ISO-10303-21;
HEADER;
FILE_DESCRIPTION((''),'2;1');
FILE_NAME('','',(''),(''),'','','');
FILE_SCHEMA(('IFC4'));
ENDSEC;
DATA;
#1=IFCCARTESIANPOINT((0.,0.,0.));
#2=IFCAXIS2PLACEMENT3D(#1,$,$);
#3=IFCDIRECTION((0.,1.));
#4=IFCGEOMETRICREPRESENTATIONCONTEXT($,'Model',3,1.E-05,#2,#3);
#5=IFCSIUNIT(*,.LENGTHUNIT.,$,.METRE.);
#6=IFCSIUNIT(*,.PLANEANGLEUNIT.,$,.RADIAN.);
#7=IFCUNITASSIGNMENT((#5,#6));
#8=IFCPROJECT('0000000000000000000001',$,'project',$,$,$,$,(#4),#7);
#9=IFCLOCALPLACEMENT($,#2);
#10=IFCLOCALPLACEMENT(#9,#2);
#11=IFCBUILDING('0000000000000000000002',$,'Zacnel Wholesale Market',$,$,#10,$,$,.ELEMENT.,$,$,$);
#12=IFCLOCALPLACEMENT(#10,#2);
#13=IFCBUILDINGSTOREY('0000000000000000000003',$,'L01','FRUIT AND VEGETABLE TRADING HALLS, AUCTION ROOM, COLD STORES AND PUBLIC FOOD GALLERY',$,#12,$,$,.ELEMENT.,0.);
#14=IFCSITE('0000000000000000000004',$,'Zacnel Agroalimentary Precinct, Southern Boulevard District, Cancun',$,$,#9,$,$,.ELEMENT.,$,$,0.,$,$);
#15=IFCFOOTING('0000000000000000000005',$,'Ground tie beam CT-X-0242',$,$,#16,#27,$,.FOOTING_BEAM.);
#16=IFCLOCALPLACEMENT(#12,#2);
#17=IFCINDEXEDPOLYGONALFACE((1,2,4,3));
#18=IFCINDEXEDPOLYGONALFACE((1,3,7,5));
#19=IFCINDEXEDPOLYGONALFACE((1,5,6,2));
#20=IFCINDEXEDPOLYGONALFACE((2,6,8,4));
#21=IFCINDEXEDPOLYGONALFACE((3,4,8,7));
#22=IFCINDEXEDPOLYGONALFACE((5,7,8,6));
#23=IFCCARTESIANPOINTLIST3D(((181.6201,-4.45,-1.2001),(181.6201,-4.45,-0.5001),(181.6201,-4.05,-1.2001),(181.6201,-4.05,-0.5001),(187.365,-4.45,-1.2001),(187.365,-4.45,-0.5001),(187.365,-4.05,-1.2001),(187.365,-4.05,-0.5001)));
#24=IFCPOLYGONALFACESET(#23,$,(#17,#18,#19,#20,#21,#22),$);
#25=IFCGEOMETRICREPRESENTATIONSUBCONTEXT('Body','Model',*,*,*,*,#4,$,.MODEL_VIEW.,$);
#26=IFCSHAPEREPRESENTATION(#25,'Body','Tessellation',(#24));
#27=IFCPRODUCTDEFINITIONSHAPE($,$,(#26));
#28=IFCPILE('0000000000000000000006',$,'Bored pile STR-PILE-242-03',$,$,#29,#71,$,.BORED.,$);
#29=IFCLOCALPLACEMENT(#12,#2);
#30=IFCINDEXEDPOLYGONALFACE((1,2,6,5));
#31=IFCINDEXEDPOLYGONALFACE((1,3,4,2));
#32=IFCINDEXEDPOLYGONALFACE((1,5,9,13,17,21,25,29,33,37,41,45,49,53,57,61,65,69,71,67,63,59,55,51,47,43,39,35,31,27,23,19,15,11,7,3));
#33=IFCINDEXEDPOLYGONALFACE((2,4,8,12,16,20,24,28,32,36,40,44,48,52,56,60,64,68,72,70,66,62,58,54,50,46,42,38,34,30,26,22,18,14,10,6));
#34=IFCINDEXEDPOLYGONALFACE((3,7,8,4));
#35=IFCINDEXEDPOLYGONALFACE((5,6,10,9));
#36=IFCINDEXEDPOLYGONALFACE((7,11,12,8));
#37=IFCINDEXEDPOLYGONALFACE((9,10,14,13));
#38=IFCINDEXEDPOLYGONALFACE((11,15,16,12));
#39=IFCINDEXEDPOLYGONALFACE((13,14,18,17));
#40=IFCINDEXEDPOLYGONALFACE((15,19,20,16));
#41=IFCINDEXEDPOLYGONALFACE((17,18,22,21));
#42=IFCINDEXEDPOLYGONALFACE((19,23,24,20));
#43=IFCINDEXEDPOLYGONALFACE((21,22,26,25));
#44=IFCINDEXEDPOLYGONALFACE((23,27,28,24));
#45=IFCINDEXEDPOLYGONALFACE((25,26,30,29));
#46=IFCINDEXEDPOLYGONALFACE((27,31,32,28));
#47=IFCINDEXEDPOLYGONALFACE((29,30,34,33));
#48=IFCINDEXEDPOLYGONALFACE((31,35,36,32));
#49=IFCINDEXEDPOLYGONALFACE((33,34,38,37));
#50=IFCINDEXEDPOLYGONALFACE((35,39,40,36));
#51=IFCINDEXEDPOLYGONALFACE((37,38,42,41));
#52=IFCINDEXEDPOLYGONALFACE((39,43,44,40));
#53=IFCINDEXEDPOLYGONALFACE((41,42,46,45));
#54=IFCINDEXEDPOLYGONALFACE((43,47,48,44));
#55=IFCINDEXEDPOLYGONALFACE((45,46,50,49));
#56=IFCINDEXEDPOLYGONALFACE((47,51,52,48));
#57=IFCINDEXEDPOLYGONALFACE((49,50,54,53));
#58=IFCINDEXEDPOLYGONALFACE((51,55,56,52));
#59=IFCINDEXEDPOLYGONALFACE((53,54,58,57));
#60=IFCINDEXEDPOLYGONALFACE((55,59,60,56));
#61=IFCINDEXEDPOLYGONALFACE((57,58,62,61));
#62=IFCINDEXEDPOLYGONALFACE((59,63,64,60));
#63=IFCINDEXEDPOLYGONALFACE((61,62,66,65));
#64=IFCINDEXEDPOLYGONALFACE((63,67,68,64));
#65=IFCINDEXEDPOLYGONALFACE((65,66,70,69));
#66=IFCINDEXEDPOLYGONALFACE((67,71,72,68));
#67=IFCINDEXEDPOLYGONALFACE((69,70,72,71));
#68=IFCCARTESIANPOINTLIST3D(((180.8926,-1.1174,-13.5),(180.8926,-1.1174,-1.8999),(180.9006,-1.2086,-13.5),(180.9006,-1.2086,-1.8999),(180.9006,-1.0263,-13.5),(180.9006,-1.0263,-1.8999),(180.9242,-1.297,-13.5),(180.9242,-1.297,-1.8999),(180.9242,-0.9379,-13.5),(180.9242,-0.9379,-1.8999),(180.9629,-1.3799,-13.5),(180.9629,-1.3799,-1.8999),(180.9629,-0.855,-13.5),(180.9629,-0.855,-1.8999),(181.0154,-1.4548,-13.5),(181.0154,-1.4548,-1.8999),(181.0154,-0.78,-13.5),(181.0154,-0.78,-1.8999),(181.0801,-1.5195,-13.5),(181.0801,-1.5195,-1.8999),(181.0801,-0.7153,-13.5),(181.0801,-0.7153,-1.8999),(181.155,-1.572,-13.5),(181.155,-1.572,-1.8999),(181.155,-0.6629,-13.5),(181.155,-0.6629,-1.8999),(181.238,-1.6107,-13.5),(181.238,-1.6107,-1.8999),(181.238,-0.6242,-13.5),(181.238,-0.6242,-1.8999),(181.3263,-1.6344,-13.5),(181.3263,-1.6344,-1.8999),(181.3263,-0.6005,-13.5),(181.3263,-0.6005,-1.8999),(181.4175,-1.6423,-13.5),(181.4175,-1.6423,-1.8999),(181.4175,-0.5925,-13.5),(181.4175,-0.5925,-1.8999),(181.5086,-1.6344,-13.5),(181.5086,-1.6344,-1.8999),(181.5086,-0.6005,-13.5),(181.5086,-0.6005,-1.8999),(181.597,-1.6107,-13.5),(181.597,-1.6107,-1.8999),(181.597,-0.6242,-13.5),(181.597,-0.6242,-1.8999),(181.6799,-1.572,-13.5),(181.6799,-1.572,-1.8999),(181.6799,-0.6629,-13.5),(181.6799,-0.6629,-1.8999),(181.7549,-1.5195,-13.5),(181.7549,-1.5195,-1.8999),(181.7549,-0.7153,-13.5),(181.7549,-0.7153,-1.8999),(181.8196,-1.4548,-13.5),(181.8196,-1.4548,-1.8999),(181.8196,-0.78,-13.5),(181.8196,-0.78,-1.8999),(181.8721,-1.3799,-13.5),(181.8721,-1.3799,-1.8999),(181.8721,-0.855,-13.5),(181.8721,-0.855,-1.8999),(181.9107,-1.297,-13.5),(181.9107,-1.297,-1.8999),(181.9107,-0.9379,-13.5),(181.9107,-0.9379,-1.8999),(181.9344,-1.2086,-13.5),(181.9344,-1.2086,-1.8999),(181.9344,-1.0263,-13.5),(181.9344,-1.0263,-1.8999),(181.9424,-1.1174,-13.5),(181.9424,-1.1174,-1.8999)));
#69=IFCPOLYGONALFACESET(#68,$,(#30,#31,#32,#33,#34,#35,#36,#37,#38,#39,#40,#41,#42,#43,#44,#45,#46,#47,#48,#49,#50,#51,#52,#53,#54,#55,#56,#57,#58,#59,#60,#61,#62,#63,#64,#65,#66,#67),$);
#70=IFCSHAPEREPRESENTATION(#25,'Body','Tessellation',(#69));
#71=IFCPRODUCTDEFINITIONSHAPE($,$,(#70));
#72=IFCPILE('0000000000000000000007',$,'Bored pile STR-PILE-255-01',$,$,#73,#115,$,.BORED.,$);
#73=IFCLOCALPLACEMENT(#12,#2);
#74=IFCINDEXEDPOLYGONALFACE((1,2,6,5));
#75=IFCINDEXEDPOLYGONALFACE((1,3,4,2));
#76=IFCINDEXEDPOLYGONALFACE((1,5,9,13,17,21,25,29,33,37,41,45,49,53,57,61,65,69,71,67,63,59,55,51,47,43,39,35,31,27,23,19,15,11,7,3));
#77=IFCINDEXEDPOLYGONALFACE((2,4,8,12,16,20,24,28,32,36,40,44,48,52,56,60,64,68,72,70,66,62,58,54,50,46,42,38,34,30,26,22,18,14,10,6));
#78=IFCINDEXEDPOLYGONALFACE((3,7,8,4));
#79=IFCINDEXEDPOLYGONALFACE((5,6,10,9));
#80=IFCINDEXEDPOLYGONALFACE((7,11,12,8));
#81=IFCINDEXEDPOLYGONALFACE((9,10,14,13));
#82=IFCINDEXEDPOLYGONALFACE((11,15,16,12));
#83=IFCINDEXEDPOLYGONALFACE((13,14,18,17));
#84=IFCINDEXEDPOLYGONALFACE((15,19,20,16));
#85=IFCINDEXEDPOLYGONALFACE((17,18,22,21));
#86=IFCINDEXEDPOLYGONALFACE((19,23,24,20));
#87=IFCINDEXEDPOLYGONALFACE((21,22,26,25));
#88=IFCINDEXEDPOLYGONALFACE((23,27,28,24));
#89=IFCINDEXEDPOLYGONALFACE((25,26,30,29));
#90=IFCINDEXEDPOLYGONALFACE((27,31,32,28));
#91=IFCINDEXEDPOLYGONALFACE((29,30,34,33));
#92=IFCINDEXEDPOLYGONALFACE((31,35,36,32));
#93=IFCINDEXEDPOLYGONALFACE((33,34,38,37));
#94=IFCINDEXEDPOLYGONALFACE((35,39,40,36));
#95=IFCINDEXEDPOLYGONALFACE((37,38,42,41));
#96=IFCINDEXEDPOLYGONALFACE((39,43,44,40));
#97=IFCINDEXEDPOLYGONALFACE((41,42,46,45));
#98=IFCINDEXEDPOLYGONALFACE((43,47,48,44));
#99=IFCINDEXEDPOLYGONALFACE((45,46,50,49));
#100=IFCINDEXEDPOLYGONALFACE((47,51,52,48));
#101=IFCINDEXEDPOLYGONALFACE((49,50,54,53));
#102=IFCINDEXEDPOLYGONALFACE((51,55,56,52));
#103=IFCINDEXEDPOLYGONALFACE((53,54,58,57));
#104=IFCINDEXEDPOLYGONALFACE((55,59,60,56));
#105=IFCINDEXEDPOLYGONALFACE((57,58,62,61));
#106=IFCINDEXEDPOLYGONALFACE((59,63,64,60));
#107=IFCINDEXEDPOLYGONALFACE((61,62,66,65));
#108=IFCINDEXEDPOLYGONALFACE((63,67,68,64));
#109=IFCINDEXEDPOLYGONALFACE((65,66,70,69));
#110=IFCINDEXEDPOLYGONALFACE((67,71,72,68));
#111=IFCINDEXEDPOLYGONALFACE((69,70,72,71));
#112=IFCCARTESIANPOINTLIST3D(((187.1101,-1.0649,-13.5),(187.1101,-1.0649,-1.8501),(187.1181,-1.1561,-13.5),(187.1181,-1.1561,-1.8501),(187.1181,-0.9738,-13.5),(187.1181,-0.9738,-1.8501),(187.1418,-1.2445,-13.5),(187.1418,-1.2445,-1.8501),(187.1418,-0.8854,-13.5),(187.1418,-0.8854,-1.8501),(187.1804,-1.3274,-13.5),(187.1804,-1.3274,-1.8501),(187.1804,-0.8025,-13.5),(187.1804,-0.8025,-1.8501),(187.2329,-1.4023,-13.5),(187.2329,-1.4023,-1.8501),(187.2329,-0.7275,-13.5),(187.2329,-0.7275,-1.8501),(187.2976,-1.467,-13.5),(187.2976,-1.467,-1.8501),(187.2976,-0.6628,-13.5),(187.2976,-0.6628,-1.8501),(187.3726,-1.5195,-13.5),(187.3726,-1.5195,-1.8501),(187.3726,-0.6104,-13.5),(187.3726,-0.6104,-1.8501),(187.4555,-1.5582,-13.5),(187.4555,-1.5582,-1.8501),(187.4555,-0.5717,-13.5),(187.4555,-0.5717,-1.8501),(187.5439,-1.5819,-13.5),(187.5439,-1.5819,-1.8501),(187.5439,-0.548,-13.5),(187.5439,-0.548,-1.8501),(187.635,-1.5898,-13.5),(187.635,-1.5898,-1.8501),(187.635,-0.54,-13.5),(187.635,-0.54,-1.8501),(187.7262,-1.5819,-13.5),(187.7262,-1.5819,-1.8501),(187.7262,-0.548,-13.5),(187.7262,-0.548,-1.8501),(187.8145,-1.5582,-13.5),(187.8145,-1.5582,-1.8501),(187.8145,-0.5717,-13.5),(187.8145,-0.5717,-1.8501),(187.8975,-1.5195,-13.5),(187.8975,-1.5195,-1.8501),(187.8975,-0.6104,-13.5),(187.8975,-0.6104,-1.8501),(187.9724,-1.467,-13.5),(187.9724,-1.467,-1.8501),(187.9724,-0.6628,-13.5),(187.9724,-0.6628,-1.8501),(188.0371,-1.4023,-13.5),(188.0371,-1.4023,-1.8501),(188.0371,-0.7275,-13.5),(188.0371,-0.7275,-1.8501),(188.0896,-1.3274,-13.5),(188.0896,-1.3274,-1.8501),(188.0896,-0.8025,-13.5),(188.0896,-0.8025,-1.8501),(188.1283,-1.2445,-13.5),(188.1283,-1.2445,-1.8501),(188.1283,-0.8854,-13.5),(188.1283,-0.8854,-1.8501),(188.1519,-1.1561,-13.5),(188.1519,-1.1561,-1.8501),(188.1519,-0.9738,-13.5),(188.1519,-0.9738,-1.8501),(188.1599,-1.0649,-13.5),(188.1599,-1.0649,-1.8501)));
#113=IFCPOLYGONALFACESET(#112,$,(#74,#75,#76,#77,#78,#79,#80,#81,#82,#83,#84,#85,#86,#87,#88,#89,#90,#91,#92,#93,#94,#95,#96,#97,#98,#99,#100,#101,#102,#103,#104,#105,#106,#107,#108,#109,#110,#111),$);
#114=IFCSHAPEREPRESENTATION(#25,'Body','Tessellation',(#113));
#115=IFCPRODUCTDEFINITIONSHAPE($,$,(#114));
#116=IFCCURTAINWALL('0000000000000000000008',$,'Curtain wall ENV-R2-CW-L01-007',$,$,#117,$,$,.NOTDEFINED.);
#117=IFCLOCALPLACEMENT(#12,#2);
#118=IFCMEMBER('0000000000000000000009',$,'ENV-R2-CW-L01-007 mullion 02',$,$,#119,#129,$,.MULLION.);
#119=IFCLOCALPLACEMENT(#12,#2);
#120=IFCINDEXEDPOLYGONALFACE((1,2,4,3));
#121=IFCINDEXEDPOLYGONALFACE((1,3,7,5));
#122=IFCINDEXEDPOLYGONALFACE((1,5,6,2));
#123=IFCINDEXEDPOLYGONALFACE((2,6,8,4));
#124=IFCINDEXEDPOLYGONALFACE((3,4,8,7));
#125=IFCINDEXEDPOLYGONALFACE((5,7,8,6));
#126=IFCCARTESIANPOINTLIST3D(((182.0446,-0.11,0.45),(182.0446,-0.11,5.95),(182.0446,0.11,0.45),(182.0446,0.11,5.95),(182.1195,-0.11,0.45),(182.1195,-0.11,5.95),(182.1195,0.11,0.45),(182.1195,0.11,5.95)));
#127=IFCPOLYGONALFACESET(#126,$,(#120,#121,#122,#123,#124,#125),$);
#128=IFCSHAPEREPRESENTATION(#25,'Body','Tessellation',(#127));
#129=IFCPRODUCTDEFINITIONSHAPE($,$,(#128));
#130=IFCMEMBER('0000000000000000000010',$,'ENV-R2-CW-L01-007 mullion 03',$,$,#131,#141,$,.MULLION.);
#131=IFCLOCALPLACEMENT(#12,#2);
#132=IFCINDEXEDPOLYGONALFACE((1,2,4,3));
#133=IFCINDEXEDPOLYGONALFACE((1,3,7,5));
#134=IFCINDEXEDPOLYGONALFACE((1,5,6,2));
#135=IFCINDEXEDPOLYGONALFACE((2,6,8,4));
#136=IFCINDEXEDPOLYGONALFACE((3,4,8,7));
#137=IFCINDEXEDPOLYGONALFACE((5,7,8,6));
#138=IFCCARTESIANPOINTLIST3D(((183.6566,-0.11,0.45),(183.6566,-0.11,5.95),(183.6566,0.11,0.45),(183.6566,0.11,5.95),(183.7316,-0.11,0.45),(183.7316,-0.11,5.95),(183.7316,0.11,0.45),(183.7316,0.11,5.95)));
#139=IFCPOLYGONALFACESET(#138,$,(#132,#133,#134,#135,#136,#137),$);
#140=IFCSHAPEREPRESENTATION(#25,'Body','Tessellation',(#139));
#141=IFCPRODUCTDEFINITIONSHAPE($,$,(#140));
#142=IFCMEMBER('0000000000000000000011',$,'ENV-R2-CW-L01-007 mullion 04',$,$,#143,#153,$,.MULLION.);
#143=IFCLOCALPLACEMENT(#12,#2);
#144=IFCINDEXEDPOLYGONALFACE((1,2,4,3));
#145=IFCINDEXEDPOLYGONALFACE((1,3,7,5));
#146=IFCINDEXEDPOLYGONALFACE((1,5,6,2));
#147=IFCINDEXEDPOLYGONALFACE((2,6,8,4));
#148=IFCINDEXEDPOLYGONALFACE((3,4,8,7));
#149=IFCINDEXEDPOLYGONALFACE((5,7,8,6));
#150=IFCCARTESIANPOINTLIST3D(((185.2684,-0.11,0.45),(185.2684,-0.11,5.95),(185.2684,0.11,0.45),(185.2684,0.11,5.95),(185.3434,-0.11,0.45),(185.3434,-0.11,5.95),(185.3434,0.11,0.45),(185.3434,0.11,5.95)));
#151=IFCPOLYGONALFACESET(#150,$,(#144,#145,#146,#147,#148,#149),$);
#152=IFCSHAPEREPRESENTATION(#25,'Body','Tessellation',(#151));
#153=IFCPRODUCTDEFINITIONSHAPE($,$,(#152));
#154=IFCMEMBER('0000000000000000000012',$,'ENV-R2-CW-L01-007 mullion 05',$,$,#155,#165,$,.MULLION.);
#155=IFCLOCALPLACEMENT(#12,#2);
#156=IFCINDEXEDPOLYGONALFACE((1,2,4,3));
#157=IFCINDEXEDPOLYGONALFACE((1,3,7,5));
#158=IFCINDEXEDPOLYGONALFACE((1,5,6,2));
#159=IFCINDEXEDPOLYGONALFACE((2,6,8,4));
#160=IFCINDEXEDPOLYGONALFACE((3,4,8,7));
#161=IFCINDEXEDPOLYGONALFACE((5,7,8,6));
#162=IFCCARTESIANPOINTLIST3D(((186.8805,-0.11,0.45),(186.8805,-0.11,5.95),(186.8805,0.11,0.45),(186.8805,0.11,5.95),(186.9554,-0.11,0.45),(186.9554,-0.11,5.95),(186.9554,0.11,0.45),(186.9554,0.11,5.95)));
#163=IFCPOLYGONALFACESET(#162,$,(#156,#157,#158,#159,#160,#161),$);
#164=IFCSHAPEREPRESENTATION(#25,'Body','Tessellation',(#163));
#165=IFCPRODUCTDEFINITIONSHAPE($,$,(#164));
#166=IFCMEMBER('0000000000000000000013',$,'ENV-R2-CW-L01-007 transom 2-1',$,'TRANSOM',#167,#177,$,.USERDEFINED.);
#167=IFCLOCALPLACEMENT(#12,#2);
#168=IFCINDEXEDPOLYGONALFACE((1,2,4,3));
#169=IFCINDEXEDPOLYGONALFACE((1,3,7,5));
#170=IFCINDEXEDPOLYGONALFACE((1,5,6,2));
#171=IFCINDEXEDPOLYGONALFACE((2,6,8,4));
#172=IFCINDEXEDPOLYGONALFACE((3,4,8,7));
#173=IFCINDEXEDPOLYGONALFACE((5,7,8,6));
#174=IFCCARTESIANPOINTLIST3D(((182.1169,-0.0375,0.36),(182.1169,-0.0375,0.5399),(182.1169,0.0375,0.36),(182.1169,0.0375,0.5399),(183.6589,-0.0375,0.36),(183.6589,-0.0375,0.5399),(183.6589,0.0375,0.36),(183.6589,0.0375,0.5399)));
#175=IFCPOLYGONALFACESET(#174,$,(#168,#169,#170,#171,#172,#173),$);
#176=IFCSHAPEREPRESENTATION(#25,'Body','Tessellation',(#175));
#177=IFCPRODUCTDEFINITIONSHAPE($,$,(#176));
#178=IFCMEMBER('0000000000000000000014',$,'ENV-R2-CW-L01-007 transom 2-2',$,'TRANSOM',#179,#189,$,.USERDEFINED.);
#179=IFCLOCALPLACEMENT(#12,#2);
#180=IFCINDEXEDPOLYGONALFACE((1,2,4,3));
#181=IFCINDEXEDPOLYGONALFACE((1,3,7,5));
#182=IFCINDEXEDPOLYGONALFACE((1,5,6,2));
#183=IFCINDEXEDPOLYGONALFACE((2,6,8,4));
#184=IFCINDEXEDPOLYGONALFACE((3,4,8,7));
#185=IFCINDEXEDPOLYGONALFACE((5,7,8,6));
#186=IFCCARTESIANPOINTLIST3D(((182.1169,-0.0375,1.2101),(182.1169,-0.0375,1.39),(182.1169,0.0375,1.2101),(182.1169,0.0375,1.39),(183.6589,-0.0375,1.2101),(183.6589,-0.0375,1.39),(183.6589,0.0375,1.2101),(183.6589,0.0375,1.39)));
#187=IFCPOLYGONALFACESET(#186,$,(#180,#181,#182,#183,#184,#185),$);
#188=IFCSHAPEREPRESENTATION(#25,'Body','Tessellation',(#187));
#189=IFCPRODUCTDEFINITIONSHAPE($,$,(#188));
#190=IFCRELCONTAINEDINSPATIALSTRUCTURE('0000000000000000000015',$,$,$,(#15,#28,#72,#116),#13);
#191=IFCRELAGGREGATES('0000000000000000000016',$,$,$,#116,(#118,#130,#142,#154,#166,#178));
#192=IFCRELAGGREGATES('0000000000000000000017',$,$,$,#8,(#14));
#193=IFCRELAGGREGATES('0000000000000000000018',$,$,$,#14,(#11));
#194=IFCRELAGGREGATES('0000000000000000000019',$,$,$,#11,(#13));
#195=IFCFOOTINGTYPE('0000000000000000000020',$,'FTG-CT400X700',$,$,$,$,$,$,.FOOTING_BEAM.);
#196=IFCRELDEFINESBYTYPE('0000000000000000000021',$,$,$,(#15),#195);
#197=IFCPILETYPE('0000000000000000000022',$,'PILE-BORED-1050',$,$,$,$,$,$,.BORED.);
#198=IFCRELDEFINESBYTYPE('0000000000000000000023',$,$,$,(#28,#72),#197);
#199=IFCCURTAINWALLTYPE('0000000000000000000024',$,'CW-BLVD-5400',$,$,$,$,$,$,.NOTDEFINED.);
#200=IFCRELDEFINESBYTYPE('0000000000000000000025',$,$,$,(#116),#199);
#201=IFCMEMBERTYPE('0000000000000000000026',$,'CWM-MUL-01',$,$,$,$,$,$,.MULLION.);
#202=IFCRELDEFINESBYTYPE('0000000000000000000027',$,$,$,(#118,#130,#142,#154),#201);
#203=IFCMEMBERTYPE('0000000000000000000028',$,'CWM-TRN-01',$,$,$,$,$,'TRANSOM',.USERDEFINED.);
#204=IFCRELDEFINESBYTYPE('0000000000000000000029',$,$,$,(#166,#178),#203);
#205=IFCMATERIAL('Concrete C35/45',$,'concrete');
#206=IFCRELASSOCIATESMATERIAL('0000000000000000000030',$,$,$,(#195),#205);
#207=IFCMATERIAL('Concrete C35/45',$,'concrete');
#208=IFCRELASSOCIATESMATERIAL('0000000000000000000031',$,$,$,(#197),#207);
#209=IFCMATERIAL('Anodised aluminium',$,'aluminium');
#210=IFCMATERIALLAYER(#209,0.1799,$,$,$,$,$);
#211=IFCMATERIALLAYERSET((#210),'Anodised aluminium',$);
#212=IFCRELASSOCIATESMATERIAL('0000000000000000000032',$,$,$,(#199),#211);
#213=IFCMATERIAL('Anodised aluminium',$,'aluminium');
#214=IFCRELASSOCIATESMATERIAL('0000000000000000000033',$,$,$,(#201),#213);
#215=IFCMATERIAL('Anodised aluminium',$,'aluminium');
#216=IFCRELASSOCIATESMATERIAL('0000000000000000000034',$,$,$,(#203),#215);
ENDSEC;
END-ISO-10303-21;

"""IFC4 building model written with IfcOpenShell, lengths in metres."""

from ifc_helpers import new_model, si_unit, direction, frame, origin, origin_2d, place, context, subcontext, project, spatial, rectangle, circle, extrude, material, layer, layer_set, material_profile, profile_set, type_object, element, aggregate, save


model = new_model("IFC4")

# Units and contexts
model_context = context("Model", 3, precision=1e-05, world=origin(), true_north=direction((0.0, 1.0)))
body_context = subcontext(model_context, "Body", "Model", "MODEL_VIEW")
ifc_project = project(units=[si_unit("LENGTHUNIT", "METRE"), si_unit("PLANEANGLEUNIT", "RADIAN")], contexts=[model_context])

# Site, building, storey
site_placement = place(None, origin())
site = spatial("IfcSite", under=ifc_project, at=site_placement, Name="Zacnel Agroalimentary Precinct, Southern Boulevard District, Cancun", CompositionType="ELEMENT", RefElevation=0.0)
building_placement = place(site_placement, origin())
building = spatial("IfcBuilding", under=site, at=building_placement, Name="Zacnel Wholesale Market", CompositionType="ELEMENT")
storey_placement = place(building_placement, origin())
storey = spatial("IfcBuildingStorey", under=building, at=storey_placement, Name="L01", Description="FRUIT AND VEGETABLE TRADING HALLS, AUCTION ROOM, COLD STORES AND PUBLIC FOOD GALLERY", CompositionType="ELEMENT", Elevation=0.0)

# Footing
ifc_material_1 = material(Name="Concrete C35/45", Category="concrete")
ifc_material_profile_1 = material_profile(ifc_material_1, rectangle(XDim=0.3999, YDim=0.7, at=origin_2d()), Name="CT 400x700")
ifc_profile_set_1 = profile_set([ifc_material_profile_1], Name="Concrete C35/45")
footing_type = type_object("IfcFootingType", Name="FTG-CT400X700", PredefinedType="FOOTING_BEAM", material=ifc_profile_set_1)
footing_placement = place(storey_placement, frame((181.6201, -4.25, -0.8501), z_axis=(1.0, 0.0, 0.0), x_axis=(0.0, 1.0, 0.0)))
element("IfcFooting", 1, at=footing_placement, inside=storey, type_object=footing_type, Name="Ground tie beam CT-X-0242", PredefinedType="FOOTING_BEAM", context=body_context, shape_type="SweptSolid", body=[
    extrude(rectangle(XDim=0.3999, YDim=0.7, at=origin_2d()), origin(), (0.0, 0.0, 1.0), 5.7449),
])

# Piles
ifc_material_2 = material(Name="Concrete C35/45", Category="concrete")
ifc_material_profile_2 = material_profile(ifc_material_2, circle(Radius=0.5249, at=origin_2d()), Name="BORED PILE D1050")
ifc_profile_set_2 = profile_set([ifc_material_profile_2], Name="Concrete C35/45")
pile_type = type_object("IfcPileType", Name="PILE-BORED-1050", PredefinedType="BORED", material=ifc_profile_set_2)
pile_1_placement = place(storey_placement, frame((181.4175, -1.1174, -1.8999), z_axis=(0.0, 0.0, -1.0), x_axis=(1.0, 0.0, 0.0)))
element("IfcPile", 2, at=pile_1_placement, inside=storey, type_object=pile_type, Name="Bored pile STR-PILE-242-03", PredefinedType="BORED", context=body_context, shape_type="SweptSolid", body=[
    extrude(circle(Radius=0.5249, at=origin_2d()), origin(), (0.0, 0.0, 1.0), 11.6001),
])
pile_2_placement = place(storey_placement, frame((187.635, -1.0649, -1.8501), z_axis=(0.0, 0.0, -1.0), x_axis=(1.0, 0.0, 0.0)))
element("IfcPile", 3, at=pile_2_placement, inside=storey, type_object=pile_type, Name="Bored pile STR-PILE-255-01", PredefinedType="BORED", context=body_context, shape_type="SweptSolid", body=[
    extrude(circle(Radius=0.5249, at=origin_2d()), origin(), (0.0, 0.0, 1.0), 11.6499),
])

# Curtain wall, members
ifc_material_3 = material(Name="Anodised aluminium", Category="aluminium")
ifc_layer_1 = layer(ifc_material_3, 0.1799)
ifc_layer_set_1 = layer_set([ifc_layer_1], Name="Anodised aluminium")
curtain_wall_type = type_object("IfcCurtainWallType", Name="CW-BLVD-5400", PredefinedType="NOTDEFINED", material=ifc_layer_set_1)
curtain_wall_placement = place(storey_placement, origin())
curtain_wall = element("IfcCurtainWall", 4, at=curtain_wall_placement, inside=storey, type_object=curtain_wall_type, Name="Curtain wall ENV-R2-CW-L01-007", PredefinedType="NOTDEFINED")
ifc_material_4 = material(Name="Anodised aluminium", Category="aluminium")
ifc_material_profile_3 = material_profile(ifc_material_4, rectangle(XDim=0.075, YDim=0.22, at=origin_2d()), Name="AW-MULLION 75x220")
ifc_profile_set_3 = profile_set([ifc_material_profile_3], Name="Anodised aluminium")
member_type_1 = type_object("IfcMemberType", Name="CWM-MUL-01", PredefinedType="MULLION", material=ifc_profile_set_3)
member_1_placement = place(storey_placement, frame((182.082, 0.0, 0.45), z_axis=(0.0, 0.0, 1.0), x_axis=(1.0, 0.0, 0.0)))
member_1 = element("IfcMember", 5, at=member_1_placement, type_object=member_type_1, Name="ENV-R2-CW-L01-007 mullion 02", PredefinedType="MULLION", context=body_context, shape_type="SweptSolid", body=[
    extrude(rectangle(XDim=0.075, YDim=0.22, at=origin_2d()), origin(), (0.0, 0.0, 1.0), 5.5),
])
member_2_placement = place(storey_placement, frame((183.6941, 0.0, 0.45), z_axis=(0.0, 0.0, 1.0), x_axis=(1.0, 0.0, 0.0)))
member_2 = element("IfcMember", 6, at=member_2_placement, type_object=member_type_1, Name="ENV-R2-CW-L01-007 mullion 03", PredefinedType="MULLION", context=body_context, shape_type="SweptSolid", body=[
    extrude(rectangle(XDim=0.075, YDim=0.22, at=origin_2d()), origin(), (0.0, 0.0, 1.0), 5.5),
])
member_3_placement = place(storey_placement, frame((185.3059, 0.0, 0.45), z_axis=(0.0, 0.0, 1.0), x_axis=(1.0, 0.0, 0.0)))
member_3 = element("IfcMember", 7, at=member_3_placement, type_object=member_type_1, Name="ENV-R2-CW-L01-007 mullion 04", PredefinedType="MULLION", context=body_context, shape_type="SweptSolid", body=[
    extrude(rectangle(XDim=0.075, YDim=0.22, at=origin_2d()), origin(), (0.0, 0.0, 1.0), 5.5),
])
member_4_placement = place(storey_placement, frame((186.918, 0.0, 0.45), z_axis=(0.0, 0.0, 1.0), x_axis=(1.0, 0.0, 0.0)))
member_4 = element("IfcMember", 8, at=member_4_placement, type_object=member_type_1, Name="ENV-R2-CW-L01-007 mullion 05", PredefinedType="MULLION", context=body_context, shape_type="SweptSolid", body=[
    extrude(rectangle(XDim=0.075, YDim=0.22, at=origin_2d()), origin(), (0.0, 0.0, 1.0), 5.5),
])
ifc_material_5 = material(Name="Anodised aluminium", Category="aluminium")
ifc_material_profile_4 = material_profile(ifc_material_5, rectangle(XDim=0.075, YDim=0.1799, at=origin_2d()), Name="AW-TRANSOM 75x180")
ifc_profile_set_4 = profile_set([ifc_material_profile_4], Name="Anodised aluminium")
member_type_2 = type_object("IfcMemberType", Name="CWM-TRN-01", ElementType="TRANSOM", PredefinedType="USERDEFINED", material=ifc_profile_set_4)
member_5_placement = place(storey_placement, frame((182.1169, 0.0, 0.45), z_axis=(1.0, 0.0, 0.0), x_axis=(0.0, 1.0, 0.0)))
member_5 = element("IfcMember", 9, at=member_5_placement, type_object=member_type_2, Name="ENV-R2-CW-L01-007 transom 2-1", ObjectType="TRANSOM", PredefinedType="USERDEFINED", context=body_context, shape_type="SweptSolid", body=[
    extrude(rectangle(XDim=0.075, YDim=0.1799, at=origin_2d()), origin(), (0.0, 0.0, 1.0), 1.542),
])
member_6_placement = place(storey_placement, frame((182.1169, 0.0, 1.3), z_axis=(1.0, 0.0, 0.0), x_axis=(0.0, 1.0, 0.0)))
member_6 = element("IfcMember", 10, at=member_6_placement, type_object=member_type_2, Name="ENV-R2-CW-L01-007 transom 2-2", ObjectType="TRANSOM", PredefinedType="USERDEFINED", context=body_context, shape_type="SweptSolid", body=[
    extrude(rectangle(XDim=0.075, YDim=0.1799, at=origin_2d()), origin(), (0.0, 0.0, 1.0), 1.542),
])
aggregate(curtain_wall, [member_1, member_2, member_3, member_4, member_5, member_6])

save(model, "model.ifc")
